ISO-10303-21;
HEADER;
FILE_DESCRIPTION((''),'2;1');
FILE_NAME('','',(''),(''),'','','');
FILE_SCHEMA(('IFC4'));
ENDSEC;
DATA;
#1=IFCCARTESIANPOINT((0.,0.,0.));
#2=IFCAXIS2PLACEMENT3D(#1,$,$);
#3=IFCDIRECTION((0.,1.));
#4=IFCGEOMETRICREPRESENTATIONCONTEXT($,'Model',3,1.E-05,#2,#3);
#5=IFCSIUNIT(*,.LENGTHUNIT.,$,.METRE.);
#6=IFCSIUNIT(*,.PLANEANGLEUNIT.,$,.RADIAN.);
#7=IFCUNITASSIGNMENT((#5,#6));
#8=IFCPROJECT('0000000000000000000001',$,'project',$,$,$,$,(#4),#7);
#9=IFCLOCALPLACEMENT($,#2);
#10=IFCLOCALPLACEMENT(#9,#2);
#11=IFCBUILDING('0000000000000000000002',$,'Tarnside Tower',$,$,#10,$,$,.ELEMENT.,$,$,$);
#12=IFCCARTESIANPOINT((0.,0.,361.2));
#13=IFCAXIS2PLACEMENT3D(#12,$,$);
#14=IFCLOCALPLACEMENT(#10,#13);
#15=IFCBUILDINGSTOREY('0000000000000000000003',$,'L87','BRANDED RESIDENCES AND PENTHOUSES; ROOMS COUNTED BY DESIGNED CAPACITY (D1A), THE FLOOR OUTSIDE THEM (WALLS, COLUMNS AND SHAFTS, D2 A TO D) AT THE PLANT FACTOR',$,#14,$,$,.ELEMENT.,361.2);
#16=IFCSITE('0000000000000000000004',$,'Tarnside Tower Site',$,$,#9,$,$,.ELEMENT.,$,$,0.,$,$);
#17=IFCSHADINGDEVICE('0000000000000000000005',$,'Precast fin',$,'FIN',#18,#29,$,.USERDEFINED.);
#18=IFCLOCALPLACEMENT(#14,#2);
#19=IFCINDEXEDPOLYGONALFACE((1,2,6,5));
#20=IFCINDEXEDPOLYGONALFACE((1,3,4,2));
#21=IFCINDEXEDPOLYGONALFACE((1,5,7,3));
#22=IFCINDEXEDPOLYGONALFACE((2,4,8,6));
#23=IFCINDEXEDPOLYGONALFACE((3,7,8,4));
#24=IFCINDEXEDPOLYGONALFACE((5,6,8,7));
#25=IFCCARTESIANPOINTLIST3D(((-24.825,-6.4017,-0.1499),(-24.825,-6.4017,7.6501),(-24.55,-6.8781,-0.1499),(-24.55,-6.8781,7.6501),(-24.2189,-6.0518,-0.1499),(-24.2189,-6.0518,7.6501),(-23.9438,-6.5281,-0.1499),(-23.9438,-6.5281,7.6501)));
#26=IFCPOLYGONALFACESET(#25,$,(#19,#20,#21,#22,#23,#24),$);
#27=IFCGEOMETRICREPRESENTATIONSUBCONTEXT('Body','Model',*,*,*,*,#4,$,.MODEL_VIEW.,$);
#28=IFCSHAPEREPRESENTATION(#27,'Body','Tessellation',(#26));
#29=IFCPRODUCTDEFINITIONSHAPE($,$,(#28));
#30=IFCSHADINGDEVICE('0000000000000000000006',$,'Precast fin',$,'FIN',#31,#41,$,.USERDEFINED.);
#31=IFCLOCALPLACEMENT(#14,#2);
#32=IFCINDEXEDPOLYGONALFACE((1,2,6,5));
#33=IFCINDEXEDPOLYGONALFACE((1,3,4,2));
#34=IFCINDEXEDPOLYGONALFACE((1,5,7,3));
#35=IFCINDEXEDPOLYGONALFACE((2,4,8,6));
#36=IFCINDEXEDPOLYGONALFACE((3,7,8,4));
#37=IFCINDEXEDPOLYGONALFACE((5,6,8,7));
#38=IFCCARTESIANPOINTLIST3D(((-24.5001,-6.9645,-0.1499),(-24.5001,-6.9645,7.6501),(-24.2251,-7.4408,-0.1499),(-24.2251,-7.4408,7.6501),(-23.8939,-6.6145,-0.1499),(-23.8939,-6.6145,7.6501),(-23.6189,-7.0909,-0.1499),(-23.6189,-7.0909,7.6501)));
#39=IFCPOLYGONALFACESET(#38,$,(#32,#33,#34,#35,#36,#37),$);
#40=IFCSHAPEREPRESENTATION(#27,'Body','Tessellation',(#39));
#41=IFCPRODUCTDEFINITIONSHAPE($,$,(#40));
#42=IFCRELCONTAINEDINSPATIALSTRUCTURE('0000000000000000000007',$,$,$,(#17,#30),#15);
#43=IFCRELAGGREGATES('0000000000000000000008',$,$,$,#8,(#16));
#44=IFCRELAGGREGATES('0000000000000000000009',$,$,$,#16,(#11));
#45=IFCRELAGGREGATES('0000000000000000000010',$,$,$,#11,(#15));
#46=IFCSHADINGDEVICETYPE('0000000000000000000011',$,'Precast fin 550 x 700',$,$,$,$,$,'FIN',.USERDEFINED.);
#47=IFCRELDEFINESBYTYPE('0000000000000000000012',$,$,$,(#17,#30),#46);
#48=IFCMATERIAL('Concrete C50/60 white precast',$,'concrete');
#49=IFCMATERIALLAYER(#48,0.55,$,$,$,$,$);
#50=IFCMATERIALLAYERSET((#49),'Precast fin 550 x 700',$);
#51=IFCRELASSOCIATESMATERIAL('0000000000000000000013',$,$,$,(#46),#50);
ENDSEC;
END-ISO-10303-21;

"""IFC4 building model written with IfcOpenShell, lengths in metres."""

from ifc_helpers import new_model, si_unit, direction, frame, origin, place, context, subcontext, project, spatial, polyline, outline, extrude, material, layer, layer_set, type_object, element, save


model = new_model("IFC4")

# Units and contexts
model_context = context("Model", 3, precision=1e-05, world=origin(), true_north=direction((0.0, 1.0)))
body_context = subcontext(model_context, "Body", "Model", "MODEL_VIEW")
ifc_project = project(units=[si_unit("LENGTHUNIT", "METRE"), si_unit("PLANEANGLEUNIT", "RADIAN")], contexts=[model_context])

# Site, building, storey
site_placement = place(None, origin())
site = spatial("IfcSite", under=ifc_project, at=site_placement, Name="Tarnside Tower Site", CompositionType="ELEMENT", RefElevation=0.0)
building_placement = place(site_placement, origin())
building = spatial("IfcBuilding", under=site, at=building_placement, Name="Tarnside Tower", CompositionType="ELEMENT")
storey_placement = place(building_placement, frame((0.0, 0.0, 361.2)))
storey = spatial("IfcBuildingStorey", under=building, at=storey_placement, Name="L87", Description="BRANDED RESIDENCES AND PENTHOUSES; ROOMS COUNTED BY DESIGNED CAPACITY (D1A), THE FLOOR OUTSIDE THEM (WALLS, COLUMNS AND SHAFTS, D2 A TO D) AT THE PLANT FACTOR", CompositionType="ELEMENT", Elevation=361.2)

# Shading devices
ifc_material_1 = material(Name="Concrete C50/60 white precast", Category="concrete")
ifc_layer_1 = layer(ifc_material_1, 0.55)
ifc_layer_set_1 = layer_set([ifc_layer_1], Name="Precast fin 550 x 700")
shading_device_type_1 = type_object("IfcShadingDeviceType", Name="Precast fin 550 x 700", ElementType="FIN", PredefinedType="USERDEFINED", material=ifc_layer_set_1)
for number, where, z_axis, x_axis, name in (
    (1, (-24.0813, -6.29, -0.1499), (-0.5, 0.866025, 0.0), (-0.866025, -0.5, 0.0), "Precast fin"),
    (2, (-23.7563, -6.8528, -0.1499), (-0.5, 0.866025, 0.0), (-0.866025, -0.5, 0.0), "Precast fin"),
):
    element("IfcShadingDevice", number, at=place(storey_placement, frame(where, z_axis=z_axis, x_axis=x_axis)), inside=storey, type_object=shading_device_type_1, Name=name, ObjectType="FIN", PredefinedType="USERDEFINED", context=body_context, shape_type="SweptSolid", body=[
        extrude(outline(polyline([(0.0, 0.0), (0.7, 0.0), (0.7, 7.8), (0.0, 7.8), (0.0, 0.0)])), frame((0.0, 0.0, -0.2749)), (0.0, 0.0, 1.0), 0.55),
    ])

save(model, "model.ifc")
